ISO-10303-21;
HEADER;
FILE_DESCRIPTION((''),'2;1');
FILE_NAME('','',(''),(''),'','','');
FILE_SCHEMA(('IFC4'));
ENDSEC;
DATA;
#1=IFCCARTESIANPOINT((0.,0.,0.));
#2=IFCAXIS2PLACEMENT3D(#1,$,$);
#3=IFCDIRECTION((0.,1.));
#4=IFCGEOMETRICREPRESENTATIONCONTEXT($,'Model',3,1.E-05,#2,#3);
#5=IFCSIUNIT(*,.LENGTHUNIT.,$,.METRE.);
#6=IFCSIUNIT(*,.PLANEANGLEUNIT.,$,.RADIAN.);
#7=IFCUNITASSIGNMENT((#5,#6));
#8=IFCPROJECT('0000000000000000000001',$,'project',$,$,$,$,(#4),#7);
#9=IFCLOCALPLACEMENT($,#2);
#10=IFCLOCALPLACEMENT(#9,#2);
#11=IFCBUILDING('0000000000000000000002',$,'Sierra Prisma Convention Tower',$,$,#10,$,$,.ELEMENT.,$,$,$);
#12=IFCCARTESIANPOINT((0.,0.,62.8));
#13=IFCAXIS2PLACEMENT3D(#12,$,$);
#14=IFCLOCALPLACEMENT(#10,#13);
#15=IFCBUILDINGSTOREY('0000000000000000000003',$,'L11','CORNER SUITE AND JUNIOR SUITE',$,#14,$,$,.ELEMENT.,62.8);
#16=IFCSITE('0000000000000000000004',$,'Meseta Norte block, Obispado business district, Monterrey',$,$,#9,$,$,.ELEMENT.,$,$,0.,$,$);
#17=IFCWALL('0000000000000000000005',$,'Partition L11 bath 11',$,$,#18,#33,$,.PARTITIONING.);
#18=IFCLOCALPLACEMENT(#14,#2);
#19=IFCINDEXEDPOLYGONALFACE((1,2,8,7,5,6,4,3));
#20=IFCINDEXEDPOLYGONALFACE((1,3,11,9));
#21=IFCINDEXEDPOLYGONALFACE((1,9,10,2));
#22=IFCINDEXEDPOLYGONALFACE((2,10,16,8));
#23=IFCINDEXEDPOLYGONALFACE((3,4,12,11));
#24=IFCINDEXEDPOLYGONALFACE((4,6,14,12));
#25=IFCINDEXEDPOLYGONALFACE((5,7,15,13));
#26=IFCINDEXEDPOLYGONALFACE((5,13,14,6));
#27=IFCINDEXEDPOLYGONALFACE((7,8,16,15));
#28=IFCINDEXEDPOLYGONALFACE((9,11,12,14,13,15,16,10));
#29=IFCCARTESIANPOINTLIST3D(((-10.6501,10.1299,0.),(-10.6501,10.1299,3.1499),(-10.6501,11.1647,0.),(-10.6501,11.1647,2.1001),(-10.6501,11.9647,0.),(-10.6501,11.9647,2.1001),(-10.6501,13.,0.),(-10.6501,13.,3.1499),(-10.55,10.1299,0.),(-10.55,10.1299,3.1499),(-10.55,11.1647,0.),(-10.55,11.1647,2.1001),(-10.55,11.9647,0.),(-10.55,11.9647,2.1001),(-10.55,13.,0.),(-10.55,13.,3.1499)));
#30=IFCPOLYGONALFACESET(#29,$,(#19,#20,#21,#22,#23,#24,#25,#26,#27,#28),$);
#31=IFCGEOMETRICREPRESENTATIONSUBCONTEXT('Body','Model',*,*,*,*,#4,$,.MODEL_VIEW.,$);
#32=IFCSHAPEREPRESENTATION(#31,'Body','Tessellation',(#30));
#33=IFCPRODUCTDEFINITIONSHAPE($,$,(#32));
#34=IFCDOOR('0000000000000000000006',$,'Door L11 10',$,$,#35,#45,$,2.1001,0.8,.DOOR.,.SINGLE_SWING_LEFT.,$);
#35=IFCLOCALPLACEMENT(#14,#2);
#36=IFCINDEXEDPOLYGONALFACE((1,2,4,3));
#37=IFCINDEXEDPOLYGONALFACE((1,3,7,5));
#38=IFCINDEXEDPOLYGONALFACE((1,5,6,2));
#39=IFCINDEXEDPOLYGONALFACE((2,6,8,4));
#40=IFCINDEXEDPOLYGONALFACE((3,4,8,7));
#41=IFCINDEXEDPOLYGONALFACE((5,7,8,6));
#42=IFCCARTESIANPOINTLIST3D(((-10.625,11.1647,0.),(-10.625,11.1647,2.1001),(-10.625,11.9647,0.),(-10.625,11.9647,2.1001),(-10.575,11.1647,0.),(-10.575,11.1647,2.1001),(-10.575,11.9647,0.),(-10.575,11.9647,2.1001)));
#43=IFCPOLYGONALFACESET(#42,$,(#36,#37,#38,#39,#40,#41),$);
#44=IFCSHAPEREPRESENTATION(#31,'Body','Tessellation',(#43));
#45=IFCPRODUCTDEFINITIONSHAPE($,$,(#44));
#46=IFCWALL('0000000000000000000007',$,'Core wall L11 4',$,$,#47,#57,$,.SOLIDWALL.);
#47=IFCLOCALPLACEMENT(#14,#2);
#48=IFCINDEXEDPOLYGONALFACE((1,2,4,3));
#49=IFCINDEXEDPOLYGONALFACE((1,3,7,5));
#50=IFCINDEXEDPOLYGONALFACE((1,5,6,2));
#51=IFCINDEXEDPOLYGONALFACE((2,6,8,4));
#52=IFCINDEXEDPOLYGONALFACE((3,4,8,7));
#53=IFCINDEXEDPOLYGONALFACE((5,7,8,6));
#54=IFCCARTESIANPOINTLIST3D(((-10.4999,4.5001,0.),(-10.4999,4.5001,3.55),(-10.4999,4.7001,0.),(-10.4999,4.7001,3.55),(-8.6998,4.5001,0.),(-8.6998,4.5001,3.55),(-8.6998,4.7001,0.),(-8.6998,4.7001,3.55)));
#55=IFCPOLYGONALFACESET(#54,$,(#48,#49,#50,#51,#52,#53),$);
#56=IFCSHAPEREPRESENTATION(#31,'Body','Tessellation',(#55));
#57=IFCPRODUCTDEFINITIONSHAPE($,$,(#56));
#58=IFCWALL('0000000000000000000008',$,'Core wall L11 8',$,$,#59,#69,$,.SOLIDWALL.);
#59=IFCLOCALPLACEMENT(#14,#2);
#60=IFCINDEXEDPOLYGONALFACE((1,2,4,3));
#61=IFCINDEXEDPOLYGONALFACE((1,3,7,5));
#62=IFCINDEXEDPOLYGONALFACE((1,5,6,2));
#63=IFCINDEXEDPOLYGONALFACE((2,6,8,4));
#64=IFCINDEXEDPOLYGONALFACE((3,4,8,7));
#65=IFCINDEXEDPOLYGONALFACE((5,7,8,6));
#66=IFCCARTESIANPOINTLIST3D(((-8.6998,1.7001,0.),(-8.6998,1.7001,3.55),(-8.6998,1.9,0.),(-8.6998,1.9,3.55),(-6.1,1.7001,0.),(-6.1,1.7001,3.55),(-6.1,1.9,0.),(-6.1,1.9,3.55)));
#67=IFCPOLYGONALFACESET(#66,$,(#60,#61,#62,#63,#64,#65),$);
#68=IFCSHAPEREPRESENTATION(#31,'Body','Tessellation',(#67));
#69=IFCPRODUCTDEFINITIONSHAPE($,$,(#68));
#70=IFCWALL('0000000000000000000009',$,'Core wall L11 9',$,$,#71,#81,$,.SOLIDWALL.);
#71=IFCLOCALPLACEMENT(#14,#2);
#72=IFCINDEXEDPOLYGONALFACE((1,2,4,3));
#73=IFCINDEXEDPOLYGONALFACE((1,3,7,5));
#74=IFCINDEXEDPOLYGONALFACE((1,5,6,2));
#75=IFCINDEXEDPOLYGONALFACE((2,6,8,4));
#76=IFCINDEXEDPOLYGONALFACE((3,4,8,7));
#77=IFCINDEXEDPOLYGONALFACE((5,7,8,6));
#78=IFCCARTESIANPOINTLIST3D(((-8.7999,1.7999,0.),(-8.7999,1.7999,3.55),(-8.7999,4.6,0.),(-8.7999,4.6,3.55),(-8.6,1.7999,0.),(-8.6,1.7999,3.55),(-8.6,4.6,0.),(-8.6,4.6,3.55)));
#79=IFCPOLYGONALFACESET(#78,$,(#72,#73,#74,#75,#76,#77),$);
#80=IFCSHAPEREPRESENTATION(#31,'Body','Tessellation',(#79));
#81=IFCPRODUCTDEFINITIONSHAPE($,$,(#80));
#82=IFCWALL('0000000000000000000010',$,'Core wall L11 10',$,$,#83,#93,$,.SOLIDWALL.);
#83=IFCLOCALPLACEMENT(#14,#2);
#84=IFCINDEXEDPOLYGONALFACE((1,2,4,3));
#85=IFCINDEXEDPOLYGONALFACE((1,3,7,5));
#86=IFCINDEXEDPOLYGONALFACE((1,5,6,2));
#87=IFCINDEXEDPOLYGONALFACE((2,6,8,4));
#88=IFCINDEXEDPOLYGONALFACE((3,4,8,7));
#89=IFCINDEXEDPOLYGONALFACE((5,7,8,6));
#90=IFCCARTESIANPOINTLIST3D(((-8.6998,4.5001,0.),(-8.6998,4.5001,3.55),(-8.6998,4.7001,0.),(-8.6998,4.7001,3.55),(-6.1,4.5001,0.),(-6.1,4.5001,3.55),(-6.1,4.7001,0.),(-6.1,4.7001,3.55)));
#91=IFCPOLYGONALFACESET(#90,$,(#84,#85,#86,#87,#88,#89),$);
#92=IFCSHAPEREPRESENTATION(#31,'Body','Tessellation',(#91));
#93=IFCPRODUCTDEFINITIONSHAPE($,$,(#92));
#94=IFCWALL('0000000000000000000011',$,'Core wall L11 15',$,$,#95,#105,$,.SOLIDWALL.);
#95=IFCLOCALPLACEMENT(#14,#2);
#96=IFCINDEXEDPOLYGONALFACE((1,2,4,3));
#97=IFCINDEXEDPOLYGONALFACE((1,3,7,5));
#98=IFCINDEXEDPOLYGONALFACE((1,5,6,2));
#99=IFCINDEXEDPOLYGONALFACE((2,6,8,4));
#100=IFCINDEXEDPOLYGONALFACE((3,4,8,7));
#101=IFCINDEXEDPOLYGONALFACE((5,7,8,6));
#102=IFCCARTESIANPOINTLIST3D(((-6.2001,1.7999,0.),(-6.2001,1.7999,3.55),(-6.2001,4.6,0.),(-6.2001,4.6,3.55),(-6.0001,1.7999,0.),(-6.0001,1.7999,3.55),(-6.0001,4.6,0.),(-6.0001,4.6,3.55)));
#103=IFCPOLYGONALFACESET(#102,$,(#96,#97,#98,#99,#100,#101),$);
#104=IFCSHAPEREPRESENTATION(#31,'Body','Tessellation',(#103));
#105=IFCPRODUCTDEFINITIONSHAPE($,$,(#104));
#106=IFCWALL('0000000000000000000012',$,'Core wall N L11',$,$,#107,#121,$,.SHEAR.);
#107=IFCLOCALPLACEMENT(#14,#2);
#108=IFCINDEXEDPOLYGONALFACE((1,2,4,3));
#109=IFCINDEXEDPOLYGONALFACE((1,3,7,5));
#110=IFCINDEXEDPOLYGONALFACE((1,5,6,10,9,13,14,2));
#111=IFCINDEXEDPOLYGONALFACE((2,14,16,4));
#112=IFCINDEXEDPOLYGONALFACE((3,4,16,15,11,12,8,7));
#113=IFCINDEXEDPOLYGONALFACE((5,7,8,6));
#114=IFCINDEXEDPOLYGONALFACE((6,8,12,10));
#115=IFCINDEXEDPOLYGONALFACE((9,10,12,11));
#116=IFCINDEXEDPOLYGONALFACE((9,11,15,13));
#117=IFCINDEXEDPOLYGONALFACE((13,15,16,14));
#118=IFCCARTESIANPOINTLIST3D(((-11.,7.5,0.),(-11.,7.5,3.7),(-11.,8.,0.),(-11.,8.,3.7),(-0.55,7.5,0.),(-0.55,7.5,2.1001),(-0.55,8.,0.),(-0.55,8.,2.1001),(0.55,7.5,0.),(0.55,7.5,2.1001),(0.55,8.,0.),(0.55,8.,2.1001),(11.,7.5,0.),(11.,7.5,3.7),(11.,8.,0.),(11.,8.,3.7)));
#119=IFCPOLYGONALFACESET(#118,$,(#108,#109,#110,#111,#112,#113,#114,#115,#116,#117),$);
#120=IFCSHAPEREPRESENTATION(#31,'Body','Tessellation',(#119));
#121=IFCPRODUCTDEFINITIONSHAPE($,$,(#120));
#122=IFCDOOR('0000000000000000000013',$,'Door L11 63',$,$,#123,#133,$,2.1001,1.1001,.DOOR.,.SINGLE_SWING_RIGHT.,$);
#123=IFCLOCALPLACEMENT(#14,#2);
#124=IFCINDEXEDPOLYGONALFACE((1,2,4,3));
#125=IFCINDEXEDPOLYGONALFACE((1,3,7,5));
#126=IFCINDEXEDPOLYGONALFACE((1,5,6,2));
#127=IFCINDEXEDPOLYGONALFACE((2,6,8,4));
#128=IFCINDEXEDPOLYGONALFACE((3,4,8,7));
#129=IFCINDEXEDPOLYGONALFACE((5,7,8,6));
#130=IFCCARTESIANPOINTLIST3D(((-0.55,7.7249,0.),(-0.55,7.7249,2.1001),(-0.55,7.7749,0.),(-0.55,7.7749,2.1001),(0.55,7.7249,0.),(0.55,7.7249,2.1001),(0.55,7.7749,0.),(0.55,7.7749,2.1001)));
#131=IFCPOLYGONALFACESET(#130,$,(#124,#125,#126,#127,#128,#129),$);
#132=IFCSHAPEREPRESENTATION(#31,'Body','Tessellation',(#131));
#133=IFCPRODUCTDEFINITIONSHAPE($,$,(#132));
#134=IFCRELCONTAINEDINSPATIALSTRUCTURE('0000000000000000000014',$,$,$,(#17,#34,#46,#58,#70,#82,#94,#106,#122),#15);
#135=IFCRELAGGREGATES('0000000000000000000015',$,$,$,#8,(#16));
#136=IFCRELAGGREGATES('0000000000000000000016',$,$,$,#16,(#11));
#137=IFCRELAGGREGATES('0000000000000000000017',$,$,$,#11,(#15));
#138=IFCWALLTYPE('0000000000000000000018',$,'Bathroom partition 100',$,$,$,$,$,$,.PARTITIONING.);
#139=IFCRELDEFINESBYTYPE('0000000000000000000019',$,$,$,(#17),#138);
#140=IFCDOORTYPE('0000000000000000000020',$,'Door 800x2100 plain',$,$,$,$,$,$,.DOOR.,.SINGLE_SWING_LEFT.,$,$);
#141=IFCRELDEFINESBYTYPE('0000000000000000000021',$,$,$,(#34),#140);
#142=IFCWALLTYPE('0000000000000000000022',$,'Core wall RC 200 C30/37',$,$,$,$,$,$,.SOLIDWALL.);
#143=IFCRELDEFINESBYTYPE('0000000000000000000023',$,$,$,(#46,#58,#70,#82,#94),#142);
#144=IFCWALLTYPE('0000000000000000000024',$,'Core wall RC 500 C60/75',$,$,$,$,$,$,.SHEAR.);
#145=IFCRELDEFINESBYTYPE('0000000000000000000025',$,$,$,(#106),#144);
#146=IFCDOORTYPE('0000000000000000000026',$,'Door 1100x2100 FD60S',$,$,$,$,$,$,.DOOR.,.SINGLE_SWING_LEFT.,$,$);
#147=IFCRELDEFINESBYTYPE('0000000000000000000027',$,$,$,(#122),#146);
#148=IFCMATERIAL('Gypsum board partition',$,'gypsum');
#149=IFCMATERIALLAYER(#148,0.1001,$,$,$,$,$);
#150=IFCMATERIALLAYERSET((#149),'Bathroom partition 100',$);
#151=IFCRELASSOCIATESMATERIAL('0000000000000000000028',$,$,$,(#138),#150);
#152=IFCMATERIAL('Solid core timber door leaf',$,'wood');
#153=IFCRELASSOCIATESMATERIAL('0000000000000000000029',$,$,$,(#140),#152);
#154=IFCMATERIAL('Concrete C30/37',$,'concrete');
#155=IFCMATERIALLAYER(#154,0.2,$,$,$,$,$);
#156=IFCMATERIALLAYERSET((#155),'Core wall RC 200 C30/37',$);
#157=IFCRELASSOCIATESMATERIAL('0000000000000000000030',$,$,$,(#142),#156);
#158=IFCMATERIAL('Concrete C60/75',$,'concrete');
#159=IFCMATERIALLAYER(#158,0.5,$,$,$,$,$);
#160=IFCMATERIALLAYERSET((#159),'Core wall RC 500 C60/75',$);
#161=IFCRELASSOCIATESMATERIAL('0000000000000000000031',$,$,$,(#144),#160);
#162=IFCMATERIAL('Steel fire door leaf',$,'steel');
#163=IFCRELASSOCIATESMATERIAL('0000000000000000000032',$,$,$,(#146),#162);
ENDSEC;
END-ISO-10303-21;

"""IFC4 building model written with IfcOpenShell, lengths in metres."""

from ifc_helpers import new_model, si_unit, direction, frame, frame_2d, origin, place, context, subcontext, project, spatial, rectangle, extrude, material, layer, layer_set, type_object, element, fill, save


model = new_model("IFC4")

# Units and contexts
model_context = context("Model", 3, precision=1e-05, world=origin(), true_north=direction((0.0, 1.0)))
body_context = subcontext(model_context, "Body", "Model", "MODEL_VIEW")
ifc_project = project(units=[si_unit("LENGTHUNIT", "METRE"), si_unit("PLANEANGLEUNIT", "RADIAN")], contexts=[model_context])

# Site, building, storey
site_placement = place(None, origin())
site = spatial("IfcSite", under=ifc_project, at=site_placement, Name="Meseta Norte block, Obispado business district, Monterrey", CompositionType="ELEMENT", RefElevation=0.0)
building_placement = place(site_placement, origin())
building = spatial("IfcBuilding", under=site, at=building_placement, Name="Sierra Prisma Convention Tower", CompositionType="ELEMENT")
storey_placement = place(building_placement, frame((0.0, 0.0, 62.8)))
storey = spatial("IfcBuildingStorey", under=building, at=storey_placement, Name="L11", Description="CORNER SUITE AND JUNIOR SUITE", CompositionType="ELEMENT", Elevation=62.8)

# Wall, opening, door
ifc_material_1 = material(Name="Gypsum board partition", Category="gypsum")
ifc_layer_1 = layer(ifc_material_1, 0.1001)
ifc_layer_set_1 = layer_set([ifc_layer_1], Name="Bathroom partition 100")
wall_type_1 = type_object("IfcWallType", Name="Bathroom partition 100", PredefinedType="PARTITIONING", material=ifc_layer_set_1)
wall_1_placement = place(storey_placement, frame((-10.6001, 10.1299, 0.0), z_axis=(0.0, 0.0, 1.0), x_axis=(0.0, 1.0, 0.0)))
wall_1 = element("IfcWall", 1, at=wall_1_placement, inside=storey, type_object=wall_type_1, Name="Partition L11 bath 11", PredefinedType="PARTITIONING", context=body_context, shape_type="SweptSolid", body=[
    extrude(rectangle(XDim=2.8701, YDim=0.1001, at=frame_2d((1.4351, 0.0))), origin(), (0.0, 0.0, 1.0), 3.1499),
])
opening_1_placement = place(wall_1_placement, frame((1.0349, 0.0, 0.0)))
opening_1 = element("IfcOpeningElement", 2, at=opening_1_placement, cuts=wall_1, PredefinedType="OPENING", context=body_context, shape_type="SweptSolid", body=[
    extrude(rectangle(XDim=0.8, YDim=2.1001, at=frame_2d((0.3999, 1.05))), frame((0.0, 0.05, 0.0), z_axis=(0.0, -1.0, 0.0), x_axis=(1.0, 0.0, 0.0)), (0.0, 0.0, 1.0), 0.1001),
])
ifc_material_2 = material(Name="Solid core timber door leaf", Category="wood")
door_type_1 = type_object("IfcDoorType", Name="Door 800x2100 plain", OperationType="SINGLE_SWING_LEFT", PredefinedType="DOOR", material=ifc_material_2)
door_1_placement = place(opening_1_placement, origin())
door_1 = element("IfcDoor", 3, at=door_1_placement, inside=storey, type_object=door_type_1, Name="Door L11 10", OperationType="SINGLE_SWING_LEFT", OverallHeight=2.1001, OverallWidth=0.8, PredefinedType="DOOR", context=body_context, shape_type="SweptSolid", body=[
    extrude(rectangle(XDim=0.8, YDim=2.1001, at=frame_2d((0.3999, 1.05))), frame((0.0, 0.0249, 0.0), z_axis=(0.0, -1.0, 0.0), x_axis=(1.0, 0.0, 0.0)), (0.0, 0.0, 1.0), 0.05),
])
fill(opening_1, door_1)
ifc_material_3 = material(Name="Concrete C30/37", Category="concrete")
ifc_layer_2 = layer(ifc_material_3, 0.2)
ifc_layer_set_2 = layer_set([ifc_layer_2], Name="Core wall RC 200 C30/37")
wall_type_2 = type_object("IfcWallType", Name="Core wall RC 200 C30/37", PredefinedType="SOLIDWALL", material=ifc_layer_set_2)

# Wall
wall_2_placement = place(storey_placement, frame((-8.7, 4.6001, 0.0), z_axis=(0.0, 0.0, 1.0), x_axis=(-1.0, 0.0, 0.0)))
element("IfcWall", 4, at=wall_2_placement, inside=storey, type_object=wall_type_2, Name="Core wall L11 4", PredefinedType="SOLIDWALL", context=body_context, shape_type="SweptSolid", body=[
    extrude(rectangle(XDim=1.8, YDim=0.2, at=frame_2d((0.8999, 0.0))), origin(), (0.0, 0.0, 1.0), 3.55),
])

# Walls
wall_3_placement = place(storey_placement, frame((-6.1001, 1.8, 0.0), z_axis=(0.0, 0.0, 1.0), x_axis=(-1.0, 0.0, 0.0)))
element("IfcWall", 5, at=wall_3_placement, inside=storey, type_object=wall_type_2, Name="Core wall L11 8", PredefinedType="SOLIDWALL", context=body_context, shape_type="SweptSolid", body=[
    extrude(rectangle(XDim=2.5999, YDim=0.2, at=frame_2d((1.2998, 0.0))), origin(), (0.0, 0.0, 1.0), 3.55),
])
wall_4_placement = place(storey_placement, frame((-8.7, 1.8, 0.0), z_axis=(0.0, 0.0, 1.0), x_axis=(0.0, 1.0, 0.0)))
element("IfcWall", 6, at=wall_4_placement, inside=storey, type_object=wall_type_2, Name="Core wall L11 9", PredefinedType="SOLIDWALL", context=body_context, shape_type="SweptSolid", body=[
    extrude(rectangle(XDim=2.8, YDim=0.2, at=frame_2d((1.3999, 0.0))), origin(), (0.0, 0.0, 1.0), 3.55),
])
wall_5_placement = place(storey_placement, frame((-6.1001, 4.6001, 0.0), z_axis=(0.0, 0.0, 1.0), x_axis=(-1.0, 0.0, 0.0)))
element("IfcWall", 7, at=wall_5_placement, inside=storey, type_object=wall_type_2, Name="Core wall L11 10", PredefinedType="SOLIDWALL", context=body_context, shape_type="SweptSolid", body=[
    extrude(rectangle(XDim=2.5999, YDim=0.2, at=frame_2d((1.2998, 0.0))), origin(), (0.0, 0.0, 1.0), 3.55),
])

# Wall
wall_6_placement = place(storey_placement, frame((-6.1001, 1.8, 0.0), z_axis=(0.0, 0.0, 1.0), x_axis=(0.0, 1.0, 0.0)))
element("IfcWall", 8, at=wall_6_placement, inside=storey, type_object=wall_type_2, Name="Core wall L11 15", PredefinedType="SOLIDWALL", context=body_context, shape_type="SweptSolid", body=[
    extrude(rectangle(XDim=2.8, YDim=0.2, at=frame_2d((1.3999, 0.0))), origin(), (0.0, 0.0, 1.0), 3.55),
])

# Wall, opening, door
ifc_material_4 = material(Name="Concrete C60/75", Category="concrete")
ifc_layer_3 = layer(ifc_material_4, 0.5)
ifc_layer_set_3 = layer_set([ifc_layer_3], Name="Core wall RC 500 C60/75")
wall_type_3 = type_object("IfcWallType", Name="Core wall RC 500 C60/75", PredefinedType="SHEAR", material=ifc_layer_set_3)
wall_7_placement = place(storey_placement, frame((-11.0, 7.75, 0.0), z_axis=(0.0, 0.0, 1.0), x_axis=(1.0, 0.0, 0.0)))
wall_7 = element("IfcWall", 9, at=wall_7_placement, inside=storey, type_object=wall_type_3, Name="Core wall N L11", PredefinedType="SHEAR", context=body_context, shape_type="SweptSolid", body=[
    extrude(rectangle(XDim=22.0, YDim=0.5, at=frame_2d((11.0, 0.0))), origin(), (0.0, 0.0, 1.0), 3.7),
])
opening_2_placement = place(wall_7_placement, frame((10.45, 0.0, 0.0)))
opening_2 = element("IfcOpeningElement", 10, at=opening_2_placement, cuts=wall_7, PredefinedType="OPENING", context=body_context, shape_type="SweptSolid", body=[
    extrude(rectangle(XDim=1.1001, YDim=2.1001, at=frame_2d((0.55, 1.05))), frame((0.0, 0.25, 0.0), z_axis=(0.0, -1.0, 0.0), x_axis=(1.0, 0.0, 0.0)), (0.0, 0.0, 1.0), 0.5),
])
ifc_material_5 = material(Name="Steel fire door leaf", Category="steel")
door_type_2 = type_object("IfcDoorType", Name="Door 1100x2100 FD60S", OperationType="SINGLE_SWING_LEFT", PredefinedType="DOOR", material=ifc_material_5)
door_2_placement = place(opening_2_placement, origin())
door_2 = element("IfcDoor", 11, at=door_2_placement, inside=storey, type_object=door_type_2, Name="Door L11 63", OperationType="SINGLE_SWING_RIGHT", OverallHeight=2.1001, OverallWidth=1.1001, PredefinedType="DOOR", context=body_context, shape_type="SweptSolid", body=[
    extrude(rectangle(XDim=1.1001, YDim=2.1001, at=frame_2d((0.55, 1.05))), frame((0.0, 0.0249, 0.0), z_axis=(0.0, -1.0, 0.0), x_axis=(1.0, 0.0, 0.0)), (0.0, 0.0, 1.0), 0.05),
])
fill(opening_2, door_2)

save(model, "model.ifc")
